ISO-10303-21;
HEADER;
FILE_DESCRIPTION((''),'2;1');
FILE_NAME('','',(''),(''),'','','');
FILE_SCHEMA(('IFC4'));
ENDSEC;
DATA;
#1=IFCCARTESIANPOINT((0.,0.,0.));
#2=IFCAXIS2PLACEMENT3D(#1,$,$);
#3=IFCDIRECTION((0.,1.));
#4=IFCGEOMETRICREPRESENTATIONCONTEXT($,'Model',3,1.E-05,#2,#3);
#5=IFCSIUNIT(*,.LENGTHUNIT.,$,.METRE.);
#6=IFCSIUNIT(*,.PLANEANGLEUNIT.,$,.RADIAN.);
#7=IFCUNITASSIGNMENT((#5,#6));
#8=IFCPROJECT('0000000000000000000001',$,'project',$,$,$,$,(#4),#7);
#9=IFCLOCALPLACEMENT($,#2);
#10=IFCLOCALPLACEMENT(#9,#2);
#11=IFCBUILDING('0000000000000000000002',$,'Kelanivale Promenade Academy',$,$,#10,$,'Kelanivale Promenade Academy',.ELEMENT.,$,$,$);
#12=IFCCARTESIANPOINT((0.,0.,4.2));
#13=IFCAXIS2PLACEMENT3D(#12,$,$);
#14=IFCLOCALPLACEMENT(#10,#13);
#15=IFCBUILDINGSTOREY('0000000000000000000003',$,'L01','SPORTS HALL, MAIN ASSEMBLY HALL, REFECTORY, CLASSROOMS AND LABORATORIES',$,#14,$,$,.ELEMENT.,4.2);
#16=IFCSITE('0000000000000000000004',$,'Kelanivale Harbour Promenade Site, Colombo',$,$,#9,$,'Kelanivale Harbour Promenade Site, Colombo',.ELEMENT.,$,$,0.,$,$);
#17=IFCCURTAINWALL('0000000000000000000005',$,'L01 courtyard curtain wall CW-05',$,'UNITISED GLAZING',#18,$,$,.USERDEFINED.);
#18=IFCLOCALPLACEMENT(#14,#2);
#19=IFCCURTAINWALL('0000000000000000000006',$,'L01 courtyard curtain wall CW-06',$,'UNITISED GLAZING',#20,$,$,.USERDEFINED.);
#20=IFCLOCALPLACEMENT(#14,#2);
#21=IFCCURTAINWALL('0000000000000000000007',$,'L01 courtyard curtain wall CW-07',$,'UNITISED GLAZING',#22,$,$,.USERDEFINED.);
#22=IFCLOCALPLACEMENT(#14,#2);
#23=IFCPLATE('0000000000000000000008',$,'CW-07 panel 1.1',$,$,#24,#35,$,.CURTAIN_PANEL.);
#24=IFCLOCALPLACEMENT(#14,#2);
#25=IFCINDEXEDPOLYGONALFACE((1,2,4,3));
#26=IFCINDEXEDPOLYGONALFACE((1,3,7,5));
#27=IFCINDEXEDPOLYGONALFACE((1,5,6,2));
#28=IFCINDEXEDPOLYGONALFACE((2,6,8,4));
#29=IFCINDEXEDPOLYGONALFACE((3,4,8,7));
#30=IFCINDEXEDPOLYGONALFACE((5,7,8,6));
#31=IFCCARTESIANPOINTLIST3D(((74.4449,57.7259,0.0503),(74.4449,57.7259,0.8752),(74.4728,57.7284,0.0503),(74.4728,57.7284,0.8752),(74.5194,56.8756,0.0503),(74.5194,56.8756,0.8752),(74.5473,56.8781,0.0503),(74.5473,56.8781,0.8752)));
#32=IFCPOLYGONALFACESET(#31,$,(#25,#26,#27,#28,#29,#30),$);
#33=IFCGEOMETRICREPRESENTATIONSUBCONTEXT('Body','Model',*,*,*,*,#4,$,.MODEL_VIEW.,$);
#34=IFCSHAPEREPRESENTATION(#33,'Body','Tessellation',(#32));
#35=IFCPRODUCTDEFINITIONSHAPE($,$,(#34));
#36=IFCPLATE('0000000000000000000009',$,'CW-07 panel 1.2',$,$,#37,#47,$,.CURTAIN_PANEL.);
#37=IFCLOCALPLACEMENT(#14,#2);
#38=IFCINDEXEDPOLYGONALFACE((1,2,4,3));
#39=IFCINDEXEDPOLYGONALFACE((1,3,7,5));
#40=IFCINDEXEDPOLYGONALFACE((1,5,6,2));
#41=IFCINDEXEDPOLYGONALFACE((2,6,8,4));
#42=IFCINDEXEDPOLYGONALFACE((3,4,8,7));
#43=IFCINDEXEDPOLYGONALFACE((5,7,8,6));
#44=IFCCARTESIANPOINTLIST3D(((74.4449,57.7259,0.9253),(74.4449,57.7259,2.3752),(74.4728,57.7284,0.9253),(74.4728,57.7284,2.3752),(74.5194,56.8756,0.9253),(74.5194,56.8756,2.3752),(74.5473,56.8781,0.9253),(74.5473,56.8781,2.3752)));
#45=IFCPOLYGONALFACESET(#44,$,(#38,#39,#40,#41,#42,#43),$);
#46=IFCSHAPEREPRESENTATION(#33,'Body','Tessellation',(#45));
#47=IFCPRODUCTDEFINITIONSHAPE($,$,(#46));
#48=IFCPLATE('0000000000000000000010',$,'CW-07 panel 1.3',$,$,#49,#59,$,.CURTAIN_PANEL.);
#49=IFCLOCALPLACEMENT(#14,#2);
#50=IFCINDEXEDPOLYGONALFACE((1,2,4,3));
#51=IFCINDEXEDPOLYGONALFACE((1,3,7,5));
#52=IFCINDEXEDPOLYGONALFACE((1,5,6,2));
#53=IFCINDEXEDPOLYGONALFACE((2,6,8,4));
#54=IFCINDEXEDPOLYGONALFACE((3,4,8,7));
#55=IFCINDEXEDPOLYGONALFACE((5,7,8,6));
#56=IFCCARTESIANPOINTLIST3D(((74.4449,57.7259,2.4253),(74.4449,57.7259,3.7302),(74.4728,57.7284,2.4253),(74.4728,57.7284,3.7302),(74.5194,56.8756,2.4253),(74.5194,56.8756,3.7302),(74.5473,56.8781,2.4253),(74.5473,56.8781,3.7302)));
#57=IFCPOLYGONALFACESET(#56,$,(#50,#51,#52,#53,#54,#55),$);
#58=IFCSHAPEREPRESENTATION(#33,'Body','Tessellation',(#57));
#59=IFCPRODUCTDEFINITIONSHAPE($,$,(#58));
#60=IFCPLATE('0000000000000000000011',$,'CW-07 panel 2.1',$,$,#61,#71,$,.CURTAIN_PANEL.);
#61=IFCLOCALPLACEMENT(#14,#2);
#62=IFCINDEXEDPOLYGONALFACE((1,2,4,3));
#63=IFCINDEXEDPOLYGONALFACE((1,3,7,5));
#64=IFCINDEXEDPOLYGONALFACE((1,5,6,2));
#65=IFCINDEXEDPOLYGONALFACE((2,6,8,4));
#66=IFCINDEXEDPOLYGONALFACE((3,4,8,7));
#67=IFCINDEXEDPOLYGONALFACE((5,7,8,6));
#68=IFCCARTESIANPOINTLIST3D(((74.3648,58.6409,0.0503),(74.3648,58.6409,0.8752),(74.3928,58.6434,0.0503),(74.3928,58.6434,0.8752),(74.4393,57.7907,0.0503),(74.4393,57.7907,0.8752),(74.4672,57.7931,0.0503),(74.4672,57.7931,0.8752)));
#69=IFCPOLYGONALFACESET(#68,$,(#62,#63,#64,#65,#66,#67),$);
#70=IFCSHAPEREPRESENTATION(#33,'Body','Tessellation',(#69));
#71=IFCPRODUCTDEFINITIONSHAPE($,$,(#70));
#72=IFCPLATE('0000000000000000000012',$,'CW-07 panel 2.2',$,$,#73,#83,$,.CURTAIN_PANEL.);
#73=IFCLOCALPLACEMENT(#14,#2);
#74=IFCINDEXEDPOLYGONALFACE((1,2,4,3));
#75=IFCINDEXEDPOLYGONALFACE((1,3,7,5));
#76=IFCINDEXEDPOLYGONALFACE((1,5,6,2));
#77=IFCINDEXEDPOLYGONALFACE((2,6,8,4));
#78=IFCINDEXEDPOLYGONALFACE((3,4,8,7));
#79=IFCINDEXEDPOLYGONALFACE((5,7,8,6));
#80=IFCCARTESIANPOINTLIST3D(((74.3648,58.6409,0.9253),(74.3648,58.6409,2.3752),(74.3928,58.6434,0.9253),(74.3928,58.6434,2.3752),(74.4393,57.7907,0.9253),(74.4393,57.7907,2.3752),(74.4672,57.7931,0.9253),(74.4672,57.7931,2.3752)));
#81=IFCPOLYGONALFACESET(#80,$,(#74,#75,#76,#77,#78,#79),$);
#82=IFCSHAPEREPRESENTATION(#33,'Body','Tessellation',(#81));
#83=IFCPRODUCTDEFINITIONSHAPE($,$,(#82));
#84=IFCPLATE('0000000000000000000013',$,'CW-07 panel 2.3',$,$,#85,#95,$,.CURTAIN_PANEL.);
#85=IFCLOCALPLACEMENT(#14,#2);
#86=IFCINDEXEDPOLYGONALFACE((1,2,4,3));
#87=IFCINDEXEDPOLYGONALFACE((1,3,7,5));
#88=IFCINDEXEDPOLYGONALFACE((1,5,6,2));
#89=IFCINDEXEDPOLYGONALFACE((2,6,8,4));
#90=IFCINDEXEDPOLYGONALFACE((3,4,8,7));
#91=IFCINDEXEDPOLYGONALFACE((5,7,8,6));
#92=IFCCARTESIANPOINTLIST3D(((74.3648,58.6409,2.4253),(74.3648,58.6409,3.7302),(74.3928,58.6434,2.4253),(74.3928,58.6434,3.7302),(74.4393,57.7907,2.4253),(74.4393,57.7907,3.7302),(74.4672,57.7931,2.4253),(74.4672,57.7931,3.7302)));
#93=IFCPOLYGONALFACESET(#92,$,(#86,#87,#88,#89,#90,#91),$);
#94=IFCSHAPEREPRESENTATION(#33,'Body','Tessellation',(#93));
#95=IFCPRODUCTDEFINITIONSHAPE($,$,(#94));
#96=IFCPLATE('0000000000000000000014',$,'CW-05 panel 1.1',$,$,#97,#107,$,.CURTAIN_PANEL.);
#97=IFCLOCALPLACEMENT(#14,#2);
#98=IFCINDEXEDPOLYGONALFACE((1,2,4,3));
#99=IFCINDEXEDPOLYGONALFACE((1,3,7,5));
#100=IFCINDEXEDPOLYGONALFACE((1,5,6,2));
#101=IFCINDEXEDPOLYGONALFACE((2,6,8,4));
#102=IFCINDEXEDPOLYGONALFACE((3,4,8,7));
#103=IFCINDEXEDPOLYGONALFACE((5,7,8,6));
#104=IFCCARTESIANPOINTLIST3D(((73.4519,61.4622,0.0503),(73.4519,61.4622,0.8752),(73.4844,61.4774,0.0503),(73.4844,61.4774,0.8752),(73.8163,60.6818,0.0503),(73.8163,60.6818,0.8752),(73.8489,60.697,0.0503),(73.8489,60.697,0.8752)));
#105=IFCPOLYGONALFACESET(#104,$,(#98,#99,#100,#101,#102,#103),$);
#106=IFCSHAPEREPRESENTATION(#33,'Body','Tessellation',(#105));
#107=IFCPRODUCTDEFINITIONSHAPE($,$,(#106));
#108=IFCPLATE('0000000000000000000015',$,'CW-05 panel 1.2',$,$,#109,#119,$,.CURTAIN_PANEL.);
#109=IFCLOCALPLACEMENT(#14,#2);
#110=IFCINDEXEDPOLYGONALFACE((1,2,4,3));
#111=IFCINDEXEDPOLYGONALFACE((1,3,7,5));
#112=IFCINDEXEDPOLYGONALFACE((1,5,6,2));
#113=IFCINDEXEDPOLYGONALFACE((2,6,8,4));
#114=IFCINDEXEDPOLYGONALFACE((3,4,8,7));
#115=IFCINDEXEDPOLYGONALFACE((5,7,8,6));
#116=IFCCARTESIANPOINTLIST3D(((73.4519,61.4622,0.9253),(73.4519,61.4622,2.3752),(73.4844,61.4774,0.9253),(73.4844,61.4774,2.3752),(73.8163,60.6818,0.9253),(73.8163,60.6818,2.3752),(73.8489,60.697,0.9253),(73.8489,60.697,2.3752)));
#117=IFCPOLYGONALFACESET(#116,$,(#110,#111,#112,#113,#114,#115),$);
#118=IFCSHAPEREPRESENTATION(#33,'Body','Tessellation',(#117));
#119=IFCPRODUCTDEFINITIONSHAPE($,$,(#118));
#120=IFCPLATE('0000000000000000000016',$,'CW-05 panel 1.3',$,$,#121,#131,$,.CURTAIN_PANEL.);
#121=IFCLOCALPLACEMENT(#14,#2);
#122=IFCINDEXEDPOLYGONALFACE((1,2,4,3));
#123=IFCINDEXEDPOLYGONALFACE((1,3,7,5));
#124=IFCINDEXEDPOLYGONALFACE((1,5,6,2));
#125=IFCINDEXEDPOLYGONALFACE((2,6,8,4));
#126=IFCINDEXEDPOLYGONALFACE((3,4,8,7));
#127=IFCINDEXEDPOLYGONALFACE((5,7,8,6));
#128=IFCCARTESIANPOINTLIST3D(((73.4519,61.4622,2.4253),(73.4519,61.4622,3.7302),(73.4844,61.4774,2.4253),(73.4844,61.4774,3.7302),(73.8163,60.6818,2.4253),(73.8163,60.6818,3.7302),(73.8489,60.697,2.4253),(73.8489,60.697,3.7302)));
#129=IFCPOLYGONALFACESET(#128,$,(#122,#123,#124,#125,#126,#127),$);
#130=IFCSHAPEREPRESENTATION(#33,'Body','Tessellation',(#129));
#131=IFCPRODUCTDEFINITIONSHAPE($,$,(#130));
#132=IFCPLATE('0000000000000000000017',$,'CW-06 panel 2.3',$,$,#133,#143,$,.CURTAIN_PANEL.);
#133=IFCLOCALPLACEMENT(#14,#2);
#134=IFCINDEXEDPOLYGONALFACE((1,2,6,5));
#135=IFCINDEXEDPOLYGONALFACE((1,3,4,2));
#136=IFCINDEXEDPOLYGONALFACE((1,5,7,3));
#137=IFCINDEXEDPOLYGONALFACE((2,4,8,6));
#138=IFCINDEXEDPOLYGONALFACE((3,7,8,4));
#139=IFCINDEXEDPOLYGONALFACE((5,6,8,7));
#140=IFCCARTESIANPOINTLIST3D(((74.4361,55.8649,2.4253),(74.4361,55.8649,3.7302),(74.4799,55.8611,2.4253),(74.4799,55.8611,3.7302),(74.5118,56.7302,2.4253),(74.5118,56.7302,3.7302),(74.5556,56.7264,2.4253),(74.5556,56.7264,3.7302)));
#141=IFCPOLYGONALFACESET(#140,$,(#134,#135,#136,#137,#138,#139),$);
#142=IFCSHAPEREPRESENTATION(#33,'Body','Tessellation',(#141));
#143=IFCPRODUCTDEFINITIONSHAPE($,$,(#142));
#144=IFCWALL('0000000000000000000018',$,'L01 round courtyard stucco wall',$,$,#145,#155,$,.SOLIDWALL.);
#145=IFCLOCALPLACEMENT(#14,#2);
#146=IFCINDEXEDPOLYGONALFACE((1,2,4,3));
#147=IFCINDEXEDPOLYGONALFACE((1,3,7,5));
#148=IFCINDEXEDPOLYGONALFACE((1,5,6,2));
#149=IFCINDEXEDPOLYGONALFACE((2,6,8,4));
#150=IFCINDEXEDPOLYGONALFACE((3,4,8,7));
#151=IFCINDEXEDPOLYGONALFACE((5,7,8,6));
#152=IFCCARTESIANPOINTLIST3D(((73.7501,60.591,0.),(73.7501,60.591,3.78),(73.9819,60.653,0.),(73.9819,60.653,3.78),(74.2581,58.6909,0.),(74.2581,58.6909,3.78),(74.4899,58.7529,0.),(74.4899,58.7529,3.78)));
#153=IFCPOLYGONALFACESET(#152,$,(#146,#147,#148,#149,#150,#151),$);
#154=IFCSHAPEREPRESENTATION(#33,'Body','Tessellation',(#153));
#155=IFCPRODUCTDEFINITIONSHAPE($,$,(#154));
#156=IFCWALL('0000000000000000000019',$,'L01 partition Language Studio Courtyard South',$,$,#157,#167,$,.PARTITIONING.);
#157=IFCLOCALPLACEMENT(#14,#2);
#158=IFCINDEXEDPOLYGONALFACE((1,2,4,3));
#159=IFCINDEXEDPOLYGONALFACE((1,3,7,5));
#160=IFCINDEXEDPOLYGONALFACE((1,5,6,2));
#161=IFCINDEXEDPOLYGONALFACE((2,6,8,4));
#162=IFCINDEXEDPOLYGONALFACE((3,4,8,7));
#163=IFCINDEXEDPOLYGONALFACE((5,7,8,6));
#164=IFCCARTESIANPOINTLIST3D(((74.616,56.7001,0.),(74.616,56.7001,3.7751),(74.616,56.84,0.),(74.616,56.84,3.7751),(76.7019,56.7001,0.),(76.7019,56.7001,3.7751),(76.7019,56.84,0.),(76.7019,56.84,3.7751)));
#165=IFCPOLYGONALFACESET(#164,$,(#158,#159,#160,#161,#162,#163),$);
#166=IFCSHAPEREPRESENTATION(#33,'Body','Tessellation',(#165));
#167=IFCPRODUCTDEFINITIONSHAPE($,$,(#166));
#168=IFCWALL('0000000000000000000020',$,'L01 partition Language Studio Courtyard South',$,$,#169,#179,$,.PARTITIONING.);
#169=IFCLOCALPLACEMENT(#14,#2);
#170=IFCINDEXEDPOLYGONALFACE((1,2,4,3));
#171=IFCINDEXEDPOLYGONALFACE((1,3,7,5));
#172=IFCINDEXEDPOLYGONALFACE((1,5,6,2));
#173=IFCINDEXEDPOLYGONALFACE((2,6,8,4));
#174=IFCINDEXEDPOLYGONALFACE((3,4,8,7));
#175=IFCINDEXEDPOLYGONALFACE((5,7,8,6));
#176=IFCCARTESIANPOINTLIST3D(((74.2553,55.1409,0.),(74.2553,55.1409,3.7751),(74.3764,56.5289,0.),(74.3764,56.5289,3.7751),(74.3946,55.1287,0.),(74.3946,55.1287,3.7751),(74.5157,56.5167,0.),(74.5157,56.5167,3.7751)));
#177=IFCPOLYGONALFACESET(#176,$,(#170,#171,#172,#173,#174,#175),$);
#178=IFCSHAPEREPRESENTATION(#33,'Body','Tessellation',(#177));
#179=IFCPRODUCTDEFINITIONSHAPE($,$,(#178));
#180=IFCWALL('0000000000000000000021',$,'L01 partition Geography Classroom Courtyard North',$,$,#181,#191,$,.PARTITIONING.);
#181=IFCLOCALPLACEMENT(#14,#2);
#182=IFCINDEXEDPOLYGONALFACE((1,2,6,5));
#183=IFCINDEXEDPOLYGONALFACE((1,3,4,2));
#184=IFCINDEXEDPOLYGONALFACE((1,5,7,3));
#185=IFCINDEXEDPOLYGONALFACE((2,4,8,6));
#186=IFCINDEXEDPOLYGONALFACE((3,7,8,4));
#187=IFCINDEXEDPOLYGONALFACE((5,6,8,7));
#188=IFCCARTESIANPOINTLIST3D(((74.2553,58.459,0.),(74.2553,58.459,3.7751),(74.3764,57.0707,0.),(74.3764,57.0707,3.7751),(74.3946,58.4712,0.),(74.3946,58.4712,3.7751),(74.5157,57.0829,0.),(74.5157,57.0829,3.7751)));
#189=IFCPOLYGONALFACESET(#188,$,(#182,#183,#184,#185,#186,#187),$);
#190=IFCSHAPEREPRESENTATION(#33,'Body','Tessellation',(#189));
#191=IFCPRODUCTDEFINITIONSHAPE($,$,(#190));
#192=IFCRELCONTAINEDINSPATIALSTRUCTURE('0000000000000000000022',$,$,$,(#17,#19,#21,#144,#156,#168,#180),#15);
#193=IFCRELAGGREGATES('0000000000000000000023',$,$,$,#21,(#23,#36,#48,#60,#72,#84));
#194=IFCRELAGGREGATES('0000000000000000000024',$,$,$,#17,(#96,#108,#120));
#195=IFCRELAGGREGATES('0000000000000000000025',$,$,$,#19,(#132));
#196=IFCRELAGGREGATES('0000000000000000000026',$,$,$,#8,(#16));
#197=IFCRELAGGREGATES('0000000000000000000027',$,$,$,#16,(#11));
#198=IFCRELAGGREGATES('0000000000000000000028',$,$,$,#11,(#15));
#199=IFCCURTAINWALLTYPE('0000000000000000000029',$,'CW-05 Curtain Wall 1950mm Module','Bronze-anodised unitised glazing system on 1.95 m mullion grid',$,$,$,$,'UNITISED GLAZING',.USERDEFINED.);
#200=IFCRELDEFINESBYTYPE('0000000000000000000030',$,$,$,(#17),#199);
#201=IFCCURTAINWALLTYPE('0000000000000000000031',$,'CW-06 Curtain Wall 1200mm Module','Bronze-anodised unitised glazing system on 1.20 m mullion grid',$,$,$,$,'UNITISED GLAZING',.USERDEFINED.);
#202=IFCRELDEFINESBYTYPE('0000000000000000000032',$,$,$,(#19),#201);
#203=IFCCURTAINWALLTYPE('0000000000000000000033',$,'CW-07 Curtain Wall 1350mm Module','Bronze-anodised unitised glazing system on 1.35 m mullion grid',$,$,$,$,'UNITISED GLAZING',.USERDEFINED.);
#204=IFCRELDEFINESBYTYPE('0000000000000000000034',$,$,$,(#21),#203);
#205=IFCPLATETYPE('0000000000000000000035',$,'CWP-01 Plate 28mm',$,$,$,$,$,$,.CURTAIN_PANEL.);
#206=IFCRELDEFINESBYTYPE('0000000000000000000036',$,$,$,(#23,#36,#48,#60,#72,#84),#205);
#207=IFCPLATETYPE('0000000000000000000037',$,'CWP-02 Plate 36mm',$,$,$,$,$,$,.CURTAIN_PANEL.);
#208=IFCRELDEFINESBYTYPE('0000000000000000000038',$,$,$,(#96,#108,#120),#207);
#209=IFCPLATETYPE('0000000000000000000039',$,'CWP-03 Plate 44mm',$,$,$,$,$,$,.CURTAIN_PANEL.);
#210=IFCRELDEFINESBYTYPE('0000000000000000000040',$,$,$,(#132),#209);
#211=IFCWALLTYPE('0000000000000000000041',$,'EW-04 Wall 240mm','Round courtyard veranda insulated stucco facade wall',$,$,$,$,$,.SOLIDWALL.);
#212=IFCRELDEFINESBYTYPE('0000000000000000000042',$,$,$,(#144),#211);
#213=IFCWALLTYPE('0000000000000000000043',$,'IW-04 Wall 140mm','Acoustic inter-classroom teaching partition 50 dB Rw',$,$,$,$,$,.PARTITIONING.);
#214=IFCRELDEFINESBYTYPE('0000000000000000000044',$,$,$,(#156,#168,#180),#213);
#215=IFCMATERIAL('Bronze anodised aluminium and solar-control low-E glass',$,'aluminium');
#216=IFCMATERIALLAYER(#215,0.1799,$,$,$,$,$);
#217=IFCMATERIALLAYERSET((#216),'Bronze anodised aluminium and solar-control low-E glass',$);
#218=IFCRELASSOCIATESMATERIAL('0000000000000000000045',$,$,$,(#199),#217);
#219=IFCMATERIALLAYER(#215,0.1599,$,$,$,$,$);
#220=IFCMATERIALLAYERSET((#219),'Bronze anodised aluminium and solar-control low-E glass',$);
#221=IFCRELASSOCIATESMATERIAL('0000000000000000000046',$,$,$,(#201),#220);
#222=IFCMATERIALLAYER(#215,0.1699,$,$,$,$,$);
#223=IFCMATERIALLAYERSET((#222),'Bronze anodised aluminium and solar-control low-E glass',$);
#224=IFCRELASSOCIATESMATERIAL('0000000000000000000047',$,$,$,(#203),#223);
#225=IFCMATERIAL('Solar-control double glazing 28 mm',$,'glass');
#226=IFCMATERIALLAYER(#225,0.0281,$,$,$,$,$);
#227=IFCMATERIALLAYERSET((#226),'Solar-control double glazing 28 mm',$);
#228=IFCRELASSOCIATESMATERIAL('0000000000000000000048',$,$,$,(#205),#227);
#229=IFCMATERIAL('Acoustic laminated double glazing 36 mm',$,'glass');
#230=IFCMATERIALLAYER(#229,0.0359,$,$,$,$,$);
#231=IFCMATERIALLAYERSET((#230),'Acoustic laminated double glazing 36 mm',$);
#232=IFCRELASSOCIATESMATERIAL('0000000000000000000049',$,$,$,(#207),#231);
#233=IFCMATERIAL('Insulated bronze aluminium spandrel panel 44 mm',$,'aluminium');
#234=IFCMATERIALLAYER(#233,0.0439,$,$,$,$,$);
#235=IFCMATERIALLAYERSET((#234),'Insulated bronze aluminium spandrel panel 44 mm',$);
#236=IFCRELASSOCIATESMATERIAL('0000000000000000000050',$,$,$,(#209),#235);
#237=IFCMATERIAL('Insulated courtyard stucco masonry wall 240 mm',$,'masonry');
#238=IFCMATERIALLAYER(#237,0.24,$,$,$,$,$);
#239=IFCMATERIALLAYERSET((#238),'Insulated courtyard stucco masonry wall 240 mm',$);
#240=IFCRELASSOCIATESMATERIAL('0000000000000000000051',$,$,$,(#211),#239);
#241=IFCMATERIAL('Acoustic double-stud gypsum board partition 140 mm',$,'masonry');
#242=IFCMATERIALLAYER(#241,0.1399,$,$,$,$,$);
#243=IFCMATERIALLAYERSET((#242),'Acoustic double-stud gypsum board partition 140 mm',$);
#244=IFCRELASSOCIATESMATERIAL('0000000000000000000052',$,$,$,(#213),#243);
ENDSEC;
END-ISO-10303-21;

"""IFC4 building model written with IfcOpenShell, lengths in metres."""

from ifc_helpers import new_model, si_unit, direction, frame, frame_2d, origin, origin_2d, place, context, subcontext, project, spatial, rectangle, extrude, material, layer, layer_set, type_object, element, aggregate, save


model = new_model("IFC4")

# Units and contexts
model_context = context("Model", 3, precision=1e-05, world=origin(), true_north=direction((0.0, 1.0)))
body_context = subcontext(model_context, "Body", "Model", "MODEL_VIEW")
ifc_project = project(units=[si_unit("LENGTHUNIT", "METRE"), si_unit("PLANEANGLEUNIT", "RADIAN")], contexts=[model_context])

# Site, building, storey
site_placement = place(None, origin())
site = spatial("IfcSite", under=ifc_project, at=site_placement, Name="Kelanivale Harbour Promenade Site, Colombo", LongName="Kelanivale Harbour Promenade Site, Colombo", CompositionType="ELEMENT", RefElevation=0.0)
building_placement = place(site_placement, origin())
building = spatial("IfcBuilding", under=site, at=building_placement, Name="Kelanivale Promenade Academy", LongName="Kelanivale Promenade Academy", CompositionType="ELEMENT")
storey_placement = place(building_placement, frame((0.0, 0.0, 4.2)))
storey = spatial("IfcBuildingStorey", under=building, at=storey_placement, Name="L01", Description="SPORTS HALL, MAIN ASSEMBLY HALL, REFECTORY, CLASSROOMS AND LABORATORIES", CompositionType="ELEMENT", Elevation=4.2)

# Curtain walls
ifc_material_1 = material(Name="Bronze anodised aluminium and solar-control low-E glass", Category="aluminium")
ifc_layer_1 = layer(ifc_material_1, 0.1799)
ifc_layer_set_1 = layer_set([ifc_layer_1], Name="Bronze anodised aluminium and solar-control low-E glass")
curtain_wall_type_1 = type_object("IfcCurtainWallType", Name="CW-05 Curtain Wall 1950mm Module", Description="Bronze-anodised unitised glazing system on 1.95 m mullion grid", ElementType="UNITISED GLAZING", PredefinedType="USERDEFINED", material=ifc_layer_set_1)
curtain_wall_1_placement = place(storey_placement, origin())
curtain_wall_1 = element("IfcCurtainWall", 1, at=curtain_wall_1_placement, inside=storey, type_object=curtain_wall_type_1, Name="L01 courtyard curtain wall CW-05", ObjectType="UNITISED GLAZING", PredefinedType="USERDEFINED")
ifc_layer_2 = layer(ifc_material_1, 0.1599)
ifc_layer_set_2 = layer_set([ifc_layer_2], Name="Bronze anodised aluminium and solar-control low-E glass")
curtain_wall_type_2 = type_object("IfcCurtainWallType", Name="CW-06 Curtain Wall 1200mm Module", Description="Bronze-anodised unitised glazing system on 1.20 m mullion grid", ElementType="UNITISED GLAZING", PredefinedType="USERDEFINED", material=ifc_layer_set_2)
curtain_wall_2_placement = place(storey_placement, origin())
curtain_wall_2 = element("IfcCurtainWall", 2, at=curtain_wall_2_placement, inside=storey, type_object=curtain_wall_type_2, Name="L01 courtyard curtain wall CW-06", ObjectType="UNITISED GLAZING", PredefinedType="USERDEFINED")

# Curtain wall
ifc_layer_3 = layer(ifc_material_1, 0.1699)
ifc_layer_set_3 = layer_set([ifc_layer_3], Name="Bronze anodised aluminium and solar-control low-E glass")
curtain_wall_type_3 = type_object("IfcCurtainWallType", Name="CW-07 Curtain Wall 1350mm Module", Description="Bronze-anodised unitised glazing system on 1.35 m mullion grid", ElementType="UNITISED GLAZING", PredefinedType="USERDEFINED", material=ifc_layer_set_3)
curtain_wall_3_placement = place(storey_placement, origin())
curtain_wall_3 = element("IfcCurtainWall", 3, at=curtain_wall_3_placement, inside=storey, type_object=curtain_wall_type_3, Name="L01 courtyard curtain wall CW-07", ObjectType="UNITISED GLAZING", PredefinedType="USERDEFINED")

# Plates
ifc_material_2 = material(Name="Solar-control double glazing 28 mm", Category="glass")
ifc_layer_4 = layer(ifc_material_2, 0.0281)
ifc_layer_set_4 = layer_set([ifc_layer_4], Name="Solar-control double glazing 28 mm")
plate_type_1 = type_object("IfcPlateType", Name="CWP-01 Plate 28mm", PredefinedType="CURTAIN_PANEL", material=ifc_layer_set_4)
plate_1_placement = place(storey_placement, frame((74.4961, 57.302, 0.0503), z_axis=(0.0, 0.0, 1.0), x_axis=(-0.087265, 0.996185, 0.0)))
plate_1 = element("IfcPlate", 4, at=plate_1_placement, type_object=plate_type_1, Name="CW-07 panel 1.1", PredefinedType="CURTAIN_PANEL", context=body_context, shape_type="SweptSolid", body=[
    extrude(rectangle(XDim=0.8535, YDim=0.0281, at=origin_2d()), origin(), (0.0, 0.0, 1.0), 0.825),
])
plate_2_placement = place(storey_placement, frame((74.4961, 57.302, 0.9253), z_axis=(0.0, 0.0, 1.0), x_axis=(-0.087265, 0.996185, 0.0)))
plate_2 = element("IfcPlate", 5, at=plate_2_placement, type_object=plate_type_1, Name="CW-07 panel 1.2", PredefinedType="CURTAIN_PANEL", context=body_context, shape_type="SweptSolid", body=[
    extrude(rectangle(XDim=0.8535, YDim=0.0281, at=origin_2d()), origin(), (0.0, 0.0, 1.0), 1.45),
])
plate_3_placement = place(storey_placement, frame((74.4961, 57.302, 2.4253), z_axis=(0.0, 0.0, 1.0), x_axis=(-0.087265, 0.996185, 0.0)))
plate_3 = element("IfcPlate", 6, at=plate_3_placement, type_object=plate_type_1, Name="CW-07 panel 1.3", PredefinedType="CURTAIN_PANEL", context=body_context, shape_type="SweptSolid", body=[
    extrude(rectangle(XDim=0.8535, YDim=0.0281, at=origin_2d()), origin(), (0.0, 0.0, 1.0), 1.3049),
])
plate_4_placement = place(storey_placement, frame((74.416, 58.217, 0.0503), z_axis=(0.0, 0.0, 1.0), x_axis=(-0.087265, 0.996185, 0.0)))
plate_4 = element("IfcPlate", 7, at=plate_4_placement, type_object=plate_type_1, Name="CW-07 panel 2.1", PredefinedType="CURTAIN_PANEL", context=body_context, shape_type="SweptSolid", body=[
    extrude(rectangle(XDim=0.8535, YDim=0.0281, at=origin_2d()), origin(), (0.0, 0.0, 1.0), 0.825),
])
plate_5_placement = place(storey_placement, frame((74.416, 58.217, 0.9253), z_axis=(0.0, 0.0, 1.0), x_axis=(-0.087265, 0.996185, 0.0)))
plate_5 = element("IfcPlate", 8, at=plate_5_placement, type_object=plate_type_1, Name="CW-07 panel 2.2", PredefinedType="CURTAIN_PANEL", context=body_context, shape_type="SweptSolid", body=[
    extrude(rectangle(XDim=0.8535, YDim=0.0281, at=origin_2d()), origin(), (0.0, 0.0, 1.0), 1.45),
])
plate_6_placement = place(storey_placement, frame((74.416, 58.217, 2.4253), z_axis=(0.0, 0.0, 1.0), x_axis=(-0.087265, 0.996185, 0.0)))
plate_6 = element("IfcPlate", 9, at=plate_6_placement, type_object=plate_type_1, Name="CW-07 panel 2.3", PredefinedType="CURTAIN_PANEL", context=body_context, shape_type="SweptSolid", body=[
    extrude(rectangle(XDim=0.8535, YDim=0.0281, at=origin_2d()), origin(), (0.0, 0.0, 1.0), 1.3049),
])
aggregate(curtain_wall_3, [plate_1, plate_2, plate_3, plate_4, plate_5, plate_6])
ifc_material_3 = material(Name="Acoustic laminated double glazing 36 mm", Category="glass")
ifc_layer_5 = layer(ifc_material_3, 0.0359)
ifc_layer_set_5 = layer_set([ifc_layer_5], Name="Acoustic laminated double glazing 36 mm")
plate_type_2 = type_object("IfcPlateType", Name="CWP-02 Plate 36mm", PredefinedType="CURTAIN_PANEL", material=ifc_layer_set_5)
plate_7_placement = place(storey_placement, frame((73.6504, 61.0796, 0.0503), z_axis=(0.0, 0.0, 1.0), x_axis=(-0.423087, 0.906089, 0.0)))
plate_7 = element("IfcPlate", 10, at=plate_7_placement, type_object=plate_type_2, Name="CW-05 panel 1.1", PredefinedType="CURTAIN_PANEL", context=body_context, shape_type="SweptSolid", body=[
    extrude(rectangle(XDim=0.8613, YDim=0.0359, at=origin_2d()), origin(), (0.0, 0.0, 1.0), 0.825),
])
plate_8_placement = place(storey_placement, frame((73.6504, 61.0796, 0.9253), z_axis=(0.0, 0.0, 1.0), x_axis=(-0.423087, 0.906089, 0.0)))
plate_8 = element("IfcPlate", 11, at=plate_8_placement, type_object=plate_type_2, Name="CW-05 panel 1.2", PredefinedType="CURTAIN_PANEL", context=body_context, shape_type="SweptSolid", body=[
    extrude(rectangle(XDim=0.8613, YDim=0.0359, at=origin_2d()), origin(), (0.0, 0.0, 1.0), 1.45),
])
plate_9_placement = place(storey_placement, frame((73.6504, 61.0796, 2.4253), z_axis=(0.0, 0.0, 1.0), x_axis=(-0.423087, 0.906089, 0.0)))
plate_9 = element("IfcPlate", 12, at=plate_9_placement, type_object=plate_type_2, Name="CW-05 panel 1.3", PredefinedType="CURTAIN_PANEL", context=body_context, shape_type="SweptSolid", body=[
    extrude(rectangle(XDim=0.8613, YDim=0.0359, at=origin_2d()), origin(), (0.0, 0.0, 1.0), 1.3049),
])
aggregate(curtain_wall_1, [plate_7, plate_8, plate_9])
ifc_material_4 = material(Name="Insulated bronze aluminium spandrel panel 44 mm", Category="aluminium")
ifc_layer_6 = layer(ifc_material_4, 0.0439)
ifc_layer_set_6 = layer_set([ifc_layer_6], Name="Insulated bronze aluminium spandrel panel 44 mm")
plate_type_3 = type_object("IfcPlateType", Name="CWP-03 Plate 44mm", PredefinedType="CURTAIN_PANEL", material=ifc_layer_set_6)
plate_10_placement = place(storey_placement, frame((74.4958, 56.2957, 2.4253), z_axis=(0.0, 0.0, 1.0), x_axis=(0.087102, 0.996199, 0.0)))
plate_10 = element("IfcPlate", 13, at=plate_10_placement, type_object=plate_type_3, Name="CW-06 panel 2.3", PredefinedType="CURTAIN_PANEL", context=body_context, shape_type="SweptSolid", body=[
    extrude(rectangle(XDim=0.8687, YDim=0.0439, at=origin_2d()), origin(), (0.0, 0.0, 1.0), 1.3049),
])
aggregate(curtain_wall_2, [plate_10])

# Walls
ifc_material_5 = material(Name="Insulated courtyard stucco masonry wall 240 mm", Category="masonry")
ifc_layer_7 = layer(ifc_material_5, 0.24)
ifc_layer_set_7 = layer_set([ifc_layer_7], Name="Insulated courtyard stucco masonry wall 240 mm")
wall_type_1 = type_object("IfcWallType", Name="EW-04 Wall 240mm", Description="Round courtyard veranda insulated stucco facade wall", PredefinedType="SOLIDWALL", material=ifc_layer_set_7)
wall_1_placement = place(storey_placement, frame((74.374, 58.7219, 0.0), z_axis=(0.0, 0.0, 1.0), x_axis=(-0.258304, 0.966064, 0.0)))
element("IfcWall", 14, at=wall_1_placement, inside=storey, type_object=wall_type_1, Name="L01 round courtyard stucco wall", PredefinedType="SOLIDWALL", context=body_context, shape_type="SweptSolid", body=[
    extrude(rectangle(XDim=1.9668, YDim=0.24, at=frame_2d((0.9834, 0.0))), origin(), (0.0, 0.0, 1.0), 3.78),
])
ifc_material_6 = material(Name="Acoustic double-stud gypsum board partition 140 mm", Category="masonry")
ifc_layer_8 = layer(ifc_material_6, 0.1399)
ifc_layer_set_8 = layer_set([ifc_layer_8], Name="Acoustic double-stud gypsum board partition 140 mm")
wall_type_2 = type_object("IfcWallType", Name="IW-04 Wall 140mm", Description="Acoustic inter-classroom teaching partition 50 dB Rw", PredefinedType="PARTITIONING", material=ifc_layer_set_8)
wall_2_placement = place(storey_placement, frame((76.7019, 56.77, 0.0), z_axis=(0.0, 0.0, 1.0), x_axis=(-1.0, 0.0, 0.0)))
element("IfcWall", 15, at=wall_2_placement, inside=storey, type_object=wall_type_2, Name="L01 partition Language Studio Courtyard South", PredefinedType="PARTITIONING", context=body_context, shape_type="SweptSolid", body=[
    extrude(rectangle(XDim=2.0859, YDim=0.1399, at=frame_2d((1.043, 0.0))), origin(), (0.0, 0.0, 1.0), 3.7751),
])
wall_3_placement = place(storey_placement, frame((74.446, 56.5229, 0.0), z_axis=(0.0, 0.0, 1.0), x_axis=(-0.086917, -0.996216, 0.0)))
element("IfcWall", 16, at=wall_3_placement, inside=storey, type_object=wall_type_2, Name="L01 partition Language Studio Courtyard South", PredefinedType="PARTITIONING", context=body_context, shape_type="SweptSolid", body=[
    extrude(rectangle(XDim=1.3933, YDim=0.1399, at=frame_2d((0.6968, 0.0))), origin(), (0.0, 0.0, 1.0), 3.7751),
])
wall_4_placement = place(storey_placement, frame((74.325, 58.4651, 0.0), z_axis=(0.0, 0.0, 1.0), x_axis=(0.086902, -0.996217, 0.0)))
element("IfcWall", 17, at=wall_4_placement, inside=storey, type_object=wall_type_2, Name="L01 partition Geography Classroom Courtyard North", PredefinedType="PARTITIONING", context=body_context, shape_type="SweptSolid", body=[
    extrude(rectangle(XDim=1.3936, YDim=0.1399, at=frame_2d((0.6968, 0.0))), origin(), (0.0, 0.0, 1.0), 3.7751),
])

save(model, "model.ifc")
